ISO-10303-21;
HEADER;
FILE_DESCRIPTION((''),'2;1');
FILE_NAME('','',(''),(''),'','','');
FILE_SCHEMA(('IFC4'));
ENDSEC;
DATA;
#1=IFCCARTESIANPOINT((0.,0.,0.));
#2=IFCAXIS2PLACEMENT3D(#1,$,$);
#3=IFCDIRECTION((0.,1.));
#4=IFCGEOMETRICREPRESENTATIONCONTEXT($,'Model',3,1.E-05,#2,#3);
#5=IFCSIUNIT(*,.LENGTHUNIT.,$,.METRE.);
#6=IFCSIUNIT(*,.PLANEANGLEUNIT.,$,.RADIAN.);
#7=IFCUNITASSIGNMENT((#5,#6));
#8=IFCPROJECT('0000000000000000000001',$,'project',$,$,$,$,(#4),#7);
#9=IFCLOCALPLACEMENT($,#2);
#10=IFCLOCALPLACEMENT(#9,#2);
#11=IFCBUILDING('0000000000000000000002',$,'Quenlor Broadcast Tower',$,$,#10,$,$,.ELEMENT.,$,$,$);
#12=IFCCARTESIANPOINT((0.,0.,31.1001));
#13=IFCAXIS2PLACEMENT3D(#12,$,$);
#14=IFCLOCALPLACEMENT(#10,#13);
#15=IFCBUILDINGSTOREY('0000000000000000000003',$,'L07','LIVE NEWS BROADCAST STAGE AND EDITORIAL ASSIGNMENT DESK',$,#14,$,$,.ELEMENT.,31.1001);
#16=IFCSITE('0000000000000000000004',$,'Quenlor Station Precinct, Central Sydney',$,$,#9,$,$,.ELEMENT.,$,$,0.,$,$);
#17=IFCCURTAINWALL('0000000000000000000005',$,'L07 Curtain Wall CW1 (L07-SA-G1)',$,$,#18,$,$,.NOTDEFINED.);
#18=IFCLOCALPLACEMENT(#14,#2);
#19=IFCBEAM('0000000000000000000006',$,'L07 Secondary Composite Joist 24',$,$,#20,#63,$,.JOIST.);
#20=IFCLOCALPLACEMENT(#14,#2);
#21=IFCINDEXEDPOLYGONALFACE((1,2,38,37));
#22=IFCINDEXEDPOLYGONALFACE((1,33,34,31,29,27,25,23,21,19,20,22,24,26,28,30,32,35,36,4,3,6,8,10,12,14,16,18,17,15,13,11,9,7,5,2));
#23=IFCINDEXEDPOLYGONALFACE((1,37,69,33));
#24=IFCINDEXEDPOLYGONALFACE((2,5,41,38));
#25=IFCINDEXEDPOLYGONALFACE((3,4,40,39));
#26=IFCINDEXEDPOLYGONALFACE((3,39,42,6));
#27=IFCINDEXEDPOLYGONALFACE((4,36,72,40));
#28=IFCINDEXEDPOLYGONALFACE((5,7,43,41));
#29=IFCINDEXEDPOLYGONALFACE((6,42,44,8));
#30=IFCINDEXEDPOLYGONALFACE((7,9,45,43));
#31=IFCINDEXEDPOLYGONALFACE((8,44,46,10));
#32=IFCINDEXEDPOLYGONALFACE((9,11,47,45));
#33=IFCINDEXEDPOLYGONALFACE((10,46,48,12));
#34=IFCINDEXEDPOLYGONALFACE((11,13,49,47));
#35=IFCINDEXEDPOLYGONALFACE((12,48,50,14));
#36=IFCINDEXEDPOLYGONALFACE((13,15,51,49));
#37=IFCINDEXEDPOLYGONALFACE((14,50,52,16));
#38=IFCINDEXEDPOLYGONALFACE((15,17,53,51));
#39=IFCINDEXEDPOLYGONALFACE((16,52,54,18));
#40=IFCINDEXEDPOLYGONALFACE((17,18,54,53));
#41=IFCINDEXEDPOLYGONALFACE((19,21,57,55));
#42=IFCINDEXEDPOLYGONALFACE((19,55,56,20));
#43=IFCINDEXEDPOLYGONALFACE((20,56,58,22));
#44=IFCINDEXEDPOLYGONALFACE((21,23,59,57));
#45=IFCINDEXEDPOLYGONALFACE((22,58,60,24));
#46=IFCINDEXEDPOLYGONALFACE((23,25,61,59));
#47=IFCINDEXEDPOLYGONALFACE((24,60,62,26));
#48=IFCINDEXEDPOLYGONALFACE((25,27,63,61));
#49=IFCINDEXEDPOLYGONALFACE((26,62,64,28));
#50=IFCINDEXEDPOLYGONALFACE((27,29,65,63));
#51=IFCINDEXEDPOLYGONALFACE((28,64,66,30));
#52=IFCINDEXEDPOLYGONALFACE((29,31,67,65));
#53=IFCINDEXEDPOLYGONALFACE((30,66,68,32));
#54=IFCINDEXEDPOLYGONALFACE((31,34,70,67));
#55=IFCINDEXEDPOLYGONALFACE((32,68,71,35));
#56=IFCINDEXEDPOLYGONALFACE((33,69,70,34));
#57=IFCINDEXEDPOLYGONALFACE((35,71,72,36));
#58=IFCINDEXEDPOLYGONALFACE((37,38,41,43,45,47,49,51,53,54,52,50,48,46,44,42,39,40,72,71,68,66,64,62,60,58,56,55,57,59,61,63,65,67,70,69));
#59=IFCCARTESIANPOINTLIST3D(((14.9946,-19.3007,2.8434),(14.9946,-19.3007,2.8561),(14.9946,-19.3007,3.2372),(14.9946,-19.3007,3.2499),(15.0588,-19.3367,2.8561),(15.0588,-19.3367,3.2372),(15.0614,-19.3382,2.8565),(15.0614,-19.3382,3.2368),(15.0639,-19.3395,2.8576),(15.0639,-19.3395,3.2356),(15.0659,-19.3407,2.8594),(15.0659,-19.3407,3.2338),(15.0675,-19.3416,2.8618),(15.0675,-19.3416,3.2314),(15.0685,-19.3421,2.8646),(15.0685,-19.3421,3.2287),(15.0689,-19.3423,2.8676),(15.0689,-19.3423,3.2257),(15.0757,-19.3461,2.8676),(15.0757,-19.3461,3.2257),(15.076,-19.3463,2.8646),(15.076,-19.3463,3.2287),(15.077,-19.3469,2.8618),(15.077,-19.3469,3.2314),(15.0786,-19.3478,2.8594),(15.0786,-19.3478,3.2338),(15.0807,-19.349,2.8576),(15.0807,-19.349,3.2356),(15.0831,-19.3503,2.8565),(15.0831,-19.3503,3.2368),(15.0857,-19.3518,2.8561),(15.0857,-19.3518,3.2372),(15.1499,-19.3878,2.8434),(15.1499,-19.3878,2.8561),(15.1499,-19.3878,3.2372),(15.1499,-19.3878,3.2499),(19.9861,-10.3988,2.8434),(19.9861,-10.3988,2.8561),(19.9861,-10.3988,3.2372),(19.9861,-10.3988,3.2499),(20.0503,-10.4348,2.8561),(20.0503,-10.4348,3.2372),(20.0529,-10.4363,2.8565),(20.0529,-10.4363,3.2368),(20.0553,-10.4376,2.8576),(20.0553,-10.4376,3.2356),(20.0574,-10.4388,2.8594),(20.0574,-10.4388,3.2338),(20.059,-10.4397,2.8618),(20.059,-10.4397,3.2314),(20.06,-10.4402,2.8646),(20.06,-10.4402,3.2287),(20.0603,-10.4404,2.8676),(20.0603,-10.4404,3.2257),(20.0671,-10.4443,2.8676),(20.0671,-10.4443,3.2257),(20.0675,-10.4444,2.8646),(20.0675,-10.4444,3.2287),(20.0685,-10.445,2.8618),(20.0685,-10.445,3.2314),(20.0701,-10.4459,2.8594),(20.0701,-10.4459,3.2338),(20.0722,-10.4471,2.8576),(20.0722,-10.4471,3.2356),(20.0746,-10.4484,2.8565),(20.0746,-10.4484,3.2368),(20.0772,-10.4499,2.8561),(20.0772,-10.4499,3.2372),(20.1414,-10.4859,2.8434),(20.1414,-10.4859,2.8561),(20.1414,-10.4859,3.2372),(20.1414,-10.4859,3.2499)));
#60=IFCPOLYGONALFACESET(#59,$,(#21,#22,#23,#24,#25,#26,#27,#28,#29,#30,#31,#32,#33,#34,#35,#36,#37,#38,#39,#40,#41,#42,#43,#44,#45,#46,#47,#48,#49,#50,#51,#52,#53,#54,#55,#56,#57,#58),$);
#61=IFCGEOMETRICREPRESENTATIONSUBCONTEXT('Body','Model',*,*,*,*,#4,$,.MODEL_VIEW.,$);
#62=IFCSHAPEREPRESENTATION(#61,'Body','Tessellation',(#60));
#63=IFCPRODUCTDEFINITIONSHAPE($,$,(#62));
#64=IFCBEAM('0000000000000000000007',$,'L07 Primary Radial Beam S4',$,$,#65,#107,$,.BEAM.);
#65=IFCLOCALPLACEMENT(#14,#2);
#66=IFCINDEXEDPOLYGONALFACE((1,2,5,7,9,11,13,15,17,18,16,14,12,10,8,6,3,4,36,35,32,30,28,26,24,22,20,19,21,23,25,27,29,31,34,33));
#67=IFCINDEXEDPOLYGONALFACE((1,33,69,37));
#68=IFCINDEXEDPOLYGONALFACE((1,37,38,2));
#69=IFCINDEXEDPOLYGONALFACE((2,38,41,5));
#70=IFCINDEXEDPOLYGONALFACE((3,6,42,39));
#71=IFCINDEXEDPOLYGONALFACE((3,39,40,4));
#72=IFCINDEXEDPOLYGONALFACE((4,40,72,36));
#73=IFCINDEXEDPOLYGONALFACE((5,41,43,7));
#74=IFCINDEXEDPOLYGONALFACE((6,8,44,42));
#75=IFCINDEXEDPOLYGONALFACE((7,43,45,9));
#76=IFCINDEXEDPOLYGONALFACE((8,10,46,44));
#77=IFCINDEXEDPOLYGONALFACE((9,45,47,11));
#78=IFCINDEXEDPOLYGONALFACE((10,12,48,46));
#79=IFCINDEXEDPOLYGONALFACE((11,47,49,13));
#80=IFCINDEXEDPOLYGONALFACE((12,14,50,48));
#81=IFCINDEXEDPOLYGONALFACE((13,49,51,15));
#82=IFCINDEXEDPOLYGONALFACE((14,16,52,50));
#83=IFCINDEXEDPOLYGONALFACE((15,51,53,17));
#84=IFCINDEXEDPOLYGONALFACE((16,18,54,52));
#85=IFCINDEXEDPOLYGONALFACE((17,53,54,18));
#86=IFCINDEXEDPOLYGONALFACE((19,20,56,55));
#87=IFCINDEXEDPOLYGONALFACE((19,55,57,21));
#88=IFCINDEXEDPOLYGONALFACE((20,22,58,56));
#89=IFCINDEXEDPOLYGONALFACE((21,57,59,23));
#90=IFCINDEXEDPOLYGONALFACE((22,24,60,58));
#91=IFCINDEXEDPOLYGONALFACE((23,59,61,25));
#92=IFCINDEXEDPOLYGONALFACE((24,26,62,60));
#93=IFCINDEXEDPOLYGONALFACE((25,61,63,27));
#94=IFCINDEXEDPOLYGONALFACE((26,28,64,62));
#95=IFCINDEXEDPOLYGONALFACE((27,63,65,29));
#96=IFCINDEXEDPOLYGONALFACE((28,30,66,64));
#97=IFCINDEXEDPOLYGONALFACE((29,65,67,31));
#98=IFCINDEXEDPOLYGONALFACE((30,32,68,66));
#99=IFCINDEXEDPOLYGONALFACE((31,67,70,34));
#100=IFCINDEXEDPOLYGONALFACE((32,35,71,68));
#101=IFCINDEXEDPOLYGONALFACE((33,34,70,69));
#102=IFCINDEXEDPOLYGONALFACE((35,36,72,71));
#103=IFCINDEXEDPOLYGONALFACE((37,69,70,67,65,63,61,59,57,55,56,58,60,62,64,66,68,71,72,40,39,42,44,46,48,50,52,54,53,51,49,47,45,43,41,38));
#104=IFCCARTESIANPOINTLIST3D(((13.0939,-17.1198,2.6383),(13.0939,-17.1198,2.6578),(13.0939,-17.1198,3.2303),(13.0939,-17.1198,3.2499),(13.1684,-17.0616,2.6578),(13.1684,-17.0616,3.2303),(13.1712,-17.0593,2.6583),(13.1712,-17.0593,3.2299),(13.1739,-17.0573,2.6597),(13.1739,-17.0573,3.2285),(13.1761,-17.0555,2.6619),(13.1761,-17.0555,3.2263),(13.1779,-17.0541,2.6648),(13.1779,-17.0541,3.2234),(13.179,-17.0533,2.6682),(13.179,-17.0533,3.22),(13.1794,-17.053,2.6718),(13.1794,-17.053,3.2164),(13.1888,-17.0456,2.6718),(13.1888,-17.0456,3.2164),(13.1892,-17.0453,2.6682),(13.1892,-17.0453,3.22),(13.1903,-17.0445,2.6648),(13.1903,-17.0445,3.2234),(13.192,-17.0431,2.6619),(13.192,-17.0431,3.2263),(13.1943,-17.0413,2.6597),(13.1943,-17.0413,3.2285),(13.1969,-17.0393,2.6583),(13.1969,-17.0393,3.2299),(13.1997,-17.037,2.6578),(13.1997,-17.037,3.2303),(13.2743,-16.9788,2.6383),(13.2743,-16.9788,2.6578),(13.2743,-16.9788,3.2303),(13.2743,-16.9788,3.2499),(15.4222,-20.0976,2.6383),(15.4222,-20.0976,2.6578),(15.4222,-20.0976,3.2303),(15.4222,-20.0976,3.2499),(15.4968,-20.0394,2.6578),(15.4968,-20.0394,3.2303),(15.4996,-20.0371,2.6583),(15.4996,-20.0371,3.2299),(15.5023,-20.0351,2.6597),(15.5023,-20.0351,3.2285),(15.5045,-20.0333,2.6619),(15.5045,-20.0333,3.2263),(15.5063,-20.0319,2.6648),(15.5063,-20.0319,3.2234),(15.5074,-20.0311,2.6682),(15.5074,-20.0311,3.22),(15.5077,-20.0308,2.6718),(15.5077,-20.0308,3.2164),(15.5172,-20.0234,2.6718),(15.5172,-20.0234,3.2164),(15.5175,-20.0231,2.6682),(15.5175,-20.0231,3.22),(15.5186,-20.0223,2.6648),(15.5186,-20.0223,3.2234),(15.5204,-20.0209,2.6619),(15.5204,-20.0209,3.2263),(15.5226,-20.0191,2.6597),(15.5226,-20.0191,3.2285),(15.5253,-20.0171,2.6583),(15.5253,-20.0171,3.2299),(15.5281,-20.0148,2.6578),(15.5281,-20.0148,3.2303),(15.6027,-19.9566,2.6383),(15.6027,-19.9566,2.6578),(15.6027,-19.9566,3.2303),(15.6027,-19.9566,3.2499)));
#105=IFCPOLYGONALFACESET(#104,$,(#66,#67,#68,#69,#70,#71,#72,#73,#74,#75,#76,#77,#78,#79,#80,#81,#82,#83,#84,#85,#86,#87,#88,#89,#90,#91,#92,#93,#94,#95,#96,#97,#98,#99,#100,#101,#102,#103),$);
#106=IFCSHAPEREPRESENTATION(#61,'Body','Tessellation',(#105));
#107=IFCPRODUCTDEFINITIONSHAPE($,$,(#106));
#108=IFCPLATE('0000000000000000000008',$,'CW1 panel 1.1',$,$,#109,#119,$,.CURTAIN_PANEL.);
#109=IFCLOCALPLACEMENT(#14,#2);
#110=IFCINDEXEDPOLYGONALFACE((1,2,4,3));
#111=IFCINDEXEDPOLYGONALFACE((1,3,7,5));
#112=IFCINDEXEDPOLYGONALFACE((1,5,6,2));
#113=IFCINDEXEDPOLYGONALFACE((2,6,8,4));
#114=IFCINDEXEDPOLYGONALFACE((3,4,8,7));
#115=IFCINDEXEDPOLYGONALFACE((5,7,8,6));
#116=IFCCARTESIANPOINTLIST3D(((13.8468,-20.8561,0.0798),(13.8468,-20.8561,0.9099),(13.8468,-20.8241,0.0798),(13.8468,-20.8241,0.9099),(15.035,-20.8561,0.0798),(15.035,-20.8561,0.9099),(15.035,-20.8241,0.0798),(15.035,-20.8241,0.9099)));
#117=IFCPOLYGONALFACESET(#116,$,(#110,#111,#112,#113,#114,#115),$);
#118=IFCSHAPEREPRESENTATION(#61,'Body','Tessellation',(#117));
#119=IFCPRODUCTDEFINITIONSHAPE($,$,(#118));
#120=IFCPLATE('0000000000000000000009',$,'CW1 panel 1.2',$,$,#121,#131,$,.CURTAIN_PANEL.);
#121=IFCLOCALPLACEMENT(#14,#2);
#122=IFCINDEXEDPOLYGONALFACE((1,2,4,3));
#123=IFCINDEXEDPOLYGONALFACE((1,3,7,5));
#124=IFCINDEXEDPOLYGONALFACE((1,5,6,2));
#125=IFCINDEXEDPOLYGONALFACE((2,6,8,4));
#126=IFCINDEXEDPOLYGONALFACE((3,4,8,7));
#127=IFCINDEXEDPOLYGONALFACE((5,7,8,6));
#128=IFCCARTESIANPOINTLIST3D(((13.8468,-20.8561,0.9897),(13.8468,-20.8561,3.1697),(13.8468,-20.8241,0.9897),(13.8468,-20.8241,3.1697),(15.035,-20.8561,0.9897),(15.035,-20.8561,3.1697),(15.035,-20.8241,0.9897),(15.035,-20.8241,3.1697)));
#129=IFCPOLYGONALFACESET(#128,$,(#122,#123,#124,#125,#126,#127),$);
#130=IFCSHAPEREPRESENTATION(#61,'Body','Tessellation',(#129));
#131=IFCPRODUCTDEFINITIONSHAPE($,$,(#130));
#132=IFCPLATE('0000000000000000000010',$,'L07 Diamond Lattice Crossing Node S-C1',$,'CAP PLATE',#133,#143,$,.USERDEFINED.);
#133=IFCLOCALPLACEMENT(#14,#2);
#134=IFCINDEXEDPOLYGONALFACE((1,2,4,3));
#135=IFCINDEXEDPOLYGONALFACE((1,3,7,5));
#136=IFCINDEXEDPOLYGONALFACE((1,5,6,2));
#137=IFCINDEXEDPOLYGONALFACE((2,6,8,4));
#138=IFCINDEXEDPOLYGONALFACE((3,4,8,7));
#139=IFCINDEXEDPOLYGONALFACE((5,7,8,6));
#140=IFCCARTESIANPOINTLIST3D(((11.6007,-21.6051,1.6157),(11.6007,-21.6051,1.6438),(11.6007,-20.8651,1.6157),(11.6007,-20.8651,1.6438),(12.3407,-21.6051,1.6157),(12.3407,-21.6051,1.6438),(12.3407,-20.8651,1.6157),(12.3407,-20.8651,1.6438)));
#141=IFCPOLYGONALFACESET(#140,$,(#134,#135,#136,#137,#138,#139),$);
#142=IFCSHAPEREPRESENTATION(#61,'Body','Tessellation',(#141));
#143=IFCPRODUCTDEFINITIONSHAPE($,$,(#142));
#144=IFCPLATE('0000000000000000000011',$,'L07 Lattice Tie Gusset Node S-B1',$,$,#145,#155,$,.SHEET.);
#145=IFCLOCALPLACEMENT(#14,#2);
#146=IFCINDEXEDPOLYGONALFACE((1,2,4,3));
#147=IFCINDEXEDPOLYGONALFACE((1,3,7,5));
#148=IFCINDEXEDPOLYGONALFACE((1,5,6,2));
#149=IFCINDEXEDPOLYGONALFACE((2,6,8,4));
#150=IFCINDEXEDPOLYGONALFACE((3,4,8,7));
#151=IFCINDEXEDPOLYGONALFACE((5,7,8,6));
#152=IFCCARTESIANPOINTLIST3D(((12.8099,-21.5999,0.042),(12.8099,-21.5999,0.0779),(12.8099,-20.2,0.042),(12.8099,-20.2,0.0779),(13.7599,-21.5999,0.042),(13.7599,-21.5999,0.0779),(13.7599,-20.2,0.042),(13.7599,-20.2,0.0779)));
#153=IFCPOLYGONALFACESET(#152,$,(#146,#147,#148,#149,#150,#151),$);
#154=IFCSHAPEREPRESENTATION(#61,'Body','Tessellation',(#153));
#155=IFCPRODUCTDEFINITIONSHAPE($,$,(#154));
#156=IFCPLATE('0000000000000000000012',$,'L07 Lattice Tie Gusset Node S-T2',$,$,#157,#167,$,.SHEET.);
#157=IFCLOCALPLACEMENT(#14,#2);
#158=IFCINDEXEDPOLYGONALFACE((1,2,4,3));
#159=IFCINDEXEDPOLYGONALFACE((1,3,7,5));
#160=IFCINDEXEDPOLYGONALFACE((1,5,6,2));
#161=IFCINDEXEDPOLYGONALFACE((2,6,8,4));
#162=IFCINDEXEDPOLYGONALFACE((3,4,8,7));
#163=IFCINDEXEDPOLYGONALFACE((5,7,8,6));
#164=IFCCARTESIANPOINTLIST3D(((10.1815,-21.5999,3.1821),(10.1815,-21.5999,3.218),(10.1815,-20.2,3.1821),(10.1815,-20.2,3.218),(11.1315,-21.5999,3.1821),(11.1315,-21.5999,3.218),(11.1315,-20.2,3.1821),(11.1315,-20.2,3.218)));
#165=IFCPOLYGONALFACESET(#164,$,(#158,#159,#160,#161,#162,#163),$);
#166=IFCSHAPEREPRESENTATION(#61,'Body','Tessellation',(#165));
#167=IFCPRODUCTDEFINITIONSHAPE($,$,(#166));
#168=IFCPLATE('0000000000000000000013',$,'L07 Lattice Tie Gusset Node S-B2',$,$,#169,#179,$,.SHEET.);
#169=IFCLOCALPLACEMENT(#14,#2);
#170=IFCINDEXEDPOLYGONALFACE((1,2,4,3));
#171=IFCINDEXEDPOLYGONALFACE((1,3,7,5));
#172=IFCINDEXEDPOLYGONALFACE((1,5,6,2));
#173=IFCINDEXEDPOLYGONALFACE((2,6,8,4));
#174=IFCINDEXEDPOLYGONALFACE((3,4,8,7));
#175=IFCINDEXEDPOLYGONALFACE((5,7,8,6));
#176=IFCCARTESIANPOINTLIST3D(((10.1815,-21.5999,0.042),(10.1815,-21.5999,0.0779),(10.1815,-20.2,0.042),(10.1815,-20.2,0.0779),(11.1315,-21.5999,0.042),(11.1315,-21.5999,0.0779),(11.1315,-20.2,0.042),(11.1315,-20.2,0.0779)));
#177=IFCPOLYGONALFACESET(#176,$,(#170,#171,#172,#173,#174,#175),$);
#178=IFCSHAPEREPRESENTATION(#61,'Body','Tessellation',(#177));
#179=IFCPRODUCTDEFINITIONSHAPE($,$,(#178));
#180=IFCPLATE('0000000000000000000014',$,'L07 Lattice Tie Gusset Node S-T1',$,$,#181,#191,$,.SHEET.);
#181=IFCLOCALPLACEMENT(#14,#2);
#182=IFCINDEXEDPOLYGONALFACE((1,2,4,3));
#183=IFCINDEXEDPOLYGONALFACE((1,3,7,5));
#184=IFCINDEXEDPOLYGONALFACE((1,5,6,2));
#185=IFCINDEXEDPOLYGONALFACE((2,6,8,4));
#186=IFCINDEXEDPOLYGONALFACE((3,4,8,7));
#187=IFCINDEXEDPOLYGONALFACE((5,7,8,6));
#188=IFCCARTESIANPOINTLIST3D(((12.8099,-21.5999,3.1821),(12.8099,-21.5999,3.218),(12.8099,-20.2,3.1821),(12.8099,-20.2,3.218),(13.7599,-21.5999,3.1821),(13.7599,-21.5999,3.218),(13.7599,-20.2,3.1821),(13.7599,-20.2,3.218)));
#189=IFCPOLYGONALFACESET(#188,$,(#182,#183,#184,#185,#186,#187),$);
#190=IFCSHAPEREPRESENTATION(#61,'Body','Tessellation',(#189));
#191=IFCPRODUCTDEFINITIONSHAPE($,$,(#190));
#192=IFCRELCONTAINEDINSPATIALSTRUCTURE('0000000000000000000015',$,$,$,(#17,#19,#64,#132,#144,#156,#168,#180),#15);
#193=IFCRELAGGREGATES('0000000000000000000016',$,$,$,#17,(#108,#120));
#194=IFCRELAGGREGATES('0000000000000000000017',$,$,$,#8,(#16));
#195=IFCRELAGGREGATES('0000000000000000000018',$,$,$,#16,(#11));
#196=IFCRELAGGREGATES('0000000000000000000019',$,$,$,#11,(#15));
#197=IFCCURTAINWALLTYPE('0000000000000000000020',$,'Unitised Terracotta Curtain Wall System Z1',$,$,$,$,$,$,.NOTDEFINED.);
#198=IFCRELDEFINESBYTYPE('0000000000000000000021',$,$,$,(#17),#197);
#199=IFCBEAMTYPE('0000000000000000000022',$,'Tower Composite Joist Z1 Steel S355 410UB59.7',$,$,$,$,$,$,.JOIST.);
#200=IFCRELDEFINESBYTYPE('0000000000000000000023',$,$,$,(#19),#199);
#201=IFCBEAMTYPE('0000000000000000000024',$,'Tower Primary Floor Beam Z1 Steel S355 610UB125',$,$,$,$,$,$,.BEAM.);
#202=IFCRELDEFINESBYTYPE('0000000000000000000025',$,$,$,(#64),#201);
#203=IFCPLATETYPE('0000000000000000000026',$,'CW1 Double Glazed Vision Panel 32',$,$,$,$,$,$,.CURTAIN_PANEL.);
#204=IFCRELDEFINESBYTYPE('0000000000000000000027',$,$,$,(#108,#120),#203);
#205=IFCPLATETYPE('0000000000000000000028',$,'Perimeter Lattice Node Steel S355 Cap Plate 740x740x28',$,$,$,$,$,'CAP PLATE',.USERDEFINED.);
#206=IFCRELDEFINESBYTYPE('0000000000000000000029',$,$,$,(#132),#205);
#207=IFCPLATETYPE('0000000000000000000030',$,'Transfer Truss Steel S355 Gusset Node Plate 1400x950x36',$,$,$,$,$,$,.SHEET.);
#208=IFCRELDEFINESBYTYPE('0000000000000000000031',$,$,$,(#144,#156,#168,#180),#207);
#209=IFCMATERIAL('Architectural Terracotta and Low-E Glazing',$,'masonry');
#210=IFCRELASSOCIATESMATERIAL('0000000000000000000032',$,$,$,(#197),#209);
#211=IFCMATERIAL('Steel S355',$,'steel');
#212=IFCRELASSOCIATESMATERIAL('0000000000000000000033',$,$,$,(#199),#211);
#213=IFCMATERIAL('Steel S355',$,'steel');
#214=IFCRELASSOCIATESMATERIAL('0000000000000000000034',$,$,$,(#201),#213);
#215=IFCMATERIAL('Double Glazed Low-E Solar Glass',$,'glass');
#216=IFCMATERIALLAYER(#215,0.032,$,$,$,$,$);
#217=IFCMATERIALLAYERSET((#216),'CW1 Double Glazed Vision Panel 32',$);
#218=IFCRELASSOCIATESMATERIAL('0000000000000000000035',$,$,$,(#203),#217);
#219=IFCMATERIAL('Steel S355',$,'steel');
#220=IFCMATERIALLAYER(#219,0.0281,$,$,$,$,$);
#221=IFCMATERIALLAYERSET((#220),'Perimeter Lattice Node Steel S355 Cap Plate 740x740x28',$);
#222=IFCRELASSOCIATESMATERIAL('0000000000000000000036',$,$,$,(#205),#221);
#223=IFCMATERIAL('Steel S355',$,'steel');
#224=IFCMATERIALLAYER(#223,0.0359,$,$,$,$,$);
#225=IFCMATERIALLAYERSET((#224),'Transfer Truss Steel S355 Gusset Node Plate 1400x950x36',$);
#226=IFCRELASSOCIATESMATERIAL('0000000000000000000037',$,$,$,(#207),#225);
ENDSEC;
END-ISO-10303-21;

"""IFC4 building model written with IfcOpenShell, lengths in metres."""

from ifc_helpers import new_model, si_unit, direction, frame, origin, origin_2d, place, context, subcontext, project, spatial, rectangle, i_section, extrude, material, layer, layer_set, material_profile, profile_set, type_object, element, aggregate, save


model = new_model("IFC4")

# Units and contexts
model_context = context("Model", 3, precision=1e-05, world=origin(), true_north=direction((0.0, 1.0)))
body_context = subcontext(model_context, "Body", "Model", "MODEL_VIEW")
ifc_project = project(units=[si_unit("LENGTHUNIT", "METRE"), si_unit("PLANEANGLEUNIT", "RADIAN")], contexts=[model_context])

# Site, building, storey
site_placement = place(None, origin())
site = spatial("IfcSite", under=ifc_project, at=site_placement, Name="Quenlor Station Precinct, Central Sydney", CompositionType="ELEMENT", RefElevation=0.0)
building_placement = place(site_placement, origin())
building = spatial("IfcBuilding", under=site, at=building_placement, Name="Quenlor Broadcast Tower", CompositionType="ELEMENT")
storey_placement = place(building_placement, frame((0.0, 0.0, 31.1001)))
storey = spatial("IfcBuildingStorey", under=building, at=storey_placement, Name="L07", Description="LIVE NEWS BROADCAST STAGE AND EDITORIAL ASSIGNMENT DESK", CompositionType="ELEMENT", Elevation=31.1001)

# Curtain wall
ifc_material_1 = material(Name="Architectural Terracotta and Low-E Glazing", Category="masonry")
curtain_wall_type = type_object("IfcCurtainWallType", Name="Unitised Terracotta Curtain Wall System Z1", PredefinedType="NOTDEFINED", material=ifc_material_1)
curtain_wall_1_placement = place(storey_placement, origin())
curtain_wall_1 = element("IfcCurtainWall", 1, at=curtain_wall_1_placement, inside=storey, type_object=curtain_wall_type, Name="L07 Curtain Wall CW1 (L07-SA-G1)", PredefinedType="NOTDEFINED")

# Beams
ifc_material_2 = material(Name="Steel S355", Category="steel")
ifc_material_profile_1 = material_profile(ifc_material_2, i_section(OverallWidth=0.178, OverallDepth=0.4065, WebThickness=0.0078, FlangeThickness=0.0127, FilletRadius=0.0115, at=origin_2d()))
ifc_profile_set_1 = profile_set([ifc_material_profile_1], Name="Steel S355 410UB59.7")
beam_type_1 = type_object("IfcBeamType", Name="Tower Composite Joist Z1 Steel S355 410UB59.7", PredefinedType="JOIST", material=ifc_profile_set_1)
beam_1_placement = place(storey_placement, frame((15.0723, -19.3442, 3.0466), z_axis=(0.489082, 0.872238, 0.0), x_axis=(-0.872238, 0.489082, 0.0)))
element("IfcBeam", 2, at=beam_1_placement, inside=storey, type_object=beam_type_1, Name="L07 Secondary Composite Joist 24", PredefinedType="JOIST", context=body_context, shape_type="SweptSolid", body=[
    extrude(i_section(OverallWidth=0.178, OverallDepth=0.4065, WebThickness=0.0078, FlangeThickness=0.0127, FilletRadius=0.0115, at=origin_2d()), origin(), (0.0, 0.0, 1.0), 10.2058),
])
ifc_material_3 = material(Name="Steel S355", Category="steel")
ifc_material_profile_2 = material_profile(ifc_material_3, i_section(OverallWidth=0.229, OverallDepth=0.6116, WebThickness=0.012, FlangeThickness=0.0195, FilletRadius=0.0139, at=origin_2d()))
ifc_profile_set_2 = profile_set([ifc_material_profile_2], Name="Steel S355 610UB125")
beam_type_2 = type_object("IfcBeamType", Name="Tower Primary Floor Beam Z1 Steel S355 610UB125", PredefinedType="BEAM", material=ifc_profile_set_2)
beam_2_placement = place(storey_placement, frame((15.5125, -20.0271, 2.9441), z_axis=(-0.615969, 0.787771, 0.0), x_axis=(-0.787771, -0.615969, 0.0)))
element("IfcBeam", 3, at=beam_2_placement, inside=storey, type_object=beam_type_2, Name="L07 Primary Radial Beam S4", PredefinedType="BEAM", context=body_context, shape_type="SweptSolid", body=[
    extrude(i_section(OverallWidth=0.229, OverallDepth=0.6116, WebThickness=0.012, FlangeThickness=0.0195, FilletRadius=0.0139, at=origin_2d()), origin(), (0.0, 0.0, 1.0), 3.78),
])

# Plates
ifc_material_4 = material(Name="Double Glazed Low-E Solar Glass", Category="glass")
ifc_layer_1 = layer(ifc_material_4, 0.032)
ifc_layer_set_1 = layer_set([ifc_layer_1], Name="CW1 Double Glazed Vision Panel 32")
plate_type_1 = type_object("IfcPlateType", Name="CW1 Double Glazed Vision Panel 32", PredefinedType="CURTAIN_PANEL", material=ifc_layer_set_1)
plate_1_placement = place(storey_placement, frame((14.4409, -20.8401, 0.0798), z_axis=(0.0, 0.0, 1.0), x_axis=(-1.0, 0.0, 0.0)))
plate_1 = element("IfcPlate", 4, at=plate_1_placement, type_object=plate_type_1, Name="CW1 panel 1.1", PredefinedType="CURTAIN_PANEL", context=body_context, shape_type="SweptSolid", body=[
    extrude(rectangle(XDim=1.1882, YDim=0.032, at=origin_2d()), origin(), (0.0, 0.0, 1.0), 0.8301),
])
plate_2_placement = place(storey_placement, frame((14.4409, -20.8401, 0.9897), z_axis=(0.0, 0.0, 1.0), x_axis=(-1.0, 0.0, 0.0)))
plate_2 = element("IfcPlate", 5, at=plate_2_placement, type_object=plate_type_1, Name="CW1 panel 1.2", PredefinedType="CURTAIN_PANEL", context=body_context, shape_type="SweptSolid", body=[
    extrude(rectangle(XDim=1.1882, YDim=0.032, at=origin_2d()), origin(), (0.0, 0.0, 1.0), 2.1799),
])
aggregate(curtain_wall_1, [plate_1, plate_2])

# Plates
ifc_material_5 = material(Name="Steel S355", Category="steel")
ifc_layer_2 = layer(ifc_material_5, 0.0281)
ifc_layer_set_2 = layer_set([ifc_layer_2], Name="Perimeter Lattice Node Steel S355 Cap Plate 740x740x28")
plate_type_2 = type_object("IfcPlateType", Name="Perimeter Lattice Node Steel S355 Cap Plate 740x740x28", ElementType="CAP PLATE", PredefinedType="USERDEFINED", material=ifc_layer_set_2)
plate_3_placement = place(storey_placement, frame((11.9707, -21.2351, 1.6157), z_axis=(0.0, 0.0, 1.0), x_axis=(-1.0, 0.0, 0.0)))
element("IfcPlate", 6, at=plate_3_placement, inside=storey, type_object=plate_type_2, Name="L07 Diamond Lattice Crossing Node S-C1", ObjectType="CAP PLATE", PredefinedType="USERDEFINED", context=body_context, shape_type="SweptSolid", body=[
    extrude(rectangle(XDim=0.74, YDim=0.74, at=origin_2d()), origin(), (0.0, 0.0, 1.0), 0.0281),
])
ifc_material_6 = material(Name="Steel S355", Category="steel")
ifc_layer_3 = layer(ifc_material_6, 0.0359)
ifc_layer_set_3 = layer_set([ifc_layer_3], Name="Transfer Truss Steel S355 Gusset Node Plate 1400x950x36")
plate_type_3 = type_object("IfcPlateType", Name="Transfer Truss Steel S355 Gusset Node Plate 1400x950x36", PredefinedType="SHEET", material=ifc_layer_set_3)
for number, where, z_axis, x_axis, name in (
    (7, (13.2849, -20.8999, 0.042), (0.0, 0.0, 1.0), (0.0, -1.0, 0.0), "L07 Lattice Tie Gusset Node S-B1"),
    (8, (10.6565, -20.8999, 3.1821), (0.0, 0.0, 1.0), (0.0, -1.0, 0.0), "L07 Lattice Tie Gusset Node S-T2"),
    (9, (10.6565, -20.8999, 0.042), (0.0, 0.0, 1.0), (0.0, -1.0, 0.0), "L07 Lattice Tie Gusset Node S-B2"),
    (10, (13.2849, -20.8999, 3.1821), (0.0, 0.0, 1.0), (0.0, -1.0, 0.0), "L07 Lattice Tie Gusset Node S-T1"),
):
    element("IfcPlate", number, at=place(storey_placement, frame(where, z_axis=z_axis, x_axis=x_axis)), inside=storey, type_object=plate_type_3, Name=name, PredefinedType="SHEET", context=body_context, shape_type="SweptSolid", body=[
        extrude(rectangle(XDim=1.3999, YDim=0.95, at=origin_2d()), origin(), (0.0, 0.0, 1.0), 0.0359),
    ])

save(model, "model.ifc")
